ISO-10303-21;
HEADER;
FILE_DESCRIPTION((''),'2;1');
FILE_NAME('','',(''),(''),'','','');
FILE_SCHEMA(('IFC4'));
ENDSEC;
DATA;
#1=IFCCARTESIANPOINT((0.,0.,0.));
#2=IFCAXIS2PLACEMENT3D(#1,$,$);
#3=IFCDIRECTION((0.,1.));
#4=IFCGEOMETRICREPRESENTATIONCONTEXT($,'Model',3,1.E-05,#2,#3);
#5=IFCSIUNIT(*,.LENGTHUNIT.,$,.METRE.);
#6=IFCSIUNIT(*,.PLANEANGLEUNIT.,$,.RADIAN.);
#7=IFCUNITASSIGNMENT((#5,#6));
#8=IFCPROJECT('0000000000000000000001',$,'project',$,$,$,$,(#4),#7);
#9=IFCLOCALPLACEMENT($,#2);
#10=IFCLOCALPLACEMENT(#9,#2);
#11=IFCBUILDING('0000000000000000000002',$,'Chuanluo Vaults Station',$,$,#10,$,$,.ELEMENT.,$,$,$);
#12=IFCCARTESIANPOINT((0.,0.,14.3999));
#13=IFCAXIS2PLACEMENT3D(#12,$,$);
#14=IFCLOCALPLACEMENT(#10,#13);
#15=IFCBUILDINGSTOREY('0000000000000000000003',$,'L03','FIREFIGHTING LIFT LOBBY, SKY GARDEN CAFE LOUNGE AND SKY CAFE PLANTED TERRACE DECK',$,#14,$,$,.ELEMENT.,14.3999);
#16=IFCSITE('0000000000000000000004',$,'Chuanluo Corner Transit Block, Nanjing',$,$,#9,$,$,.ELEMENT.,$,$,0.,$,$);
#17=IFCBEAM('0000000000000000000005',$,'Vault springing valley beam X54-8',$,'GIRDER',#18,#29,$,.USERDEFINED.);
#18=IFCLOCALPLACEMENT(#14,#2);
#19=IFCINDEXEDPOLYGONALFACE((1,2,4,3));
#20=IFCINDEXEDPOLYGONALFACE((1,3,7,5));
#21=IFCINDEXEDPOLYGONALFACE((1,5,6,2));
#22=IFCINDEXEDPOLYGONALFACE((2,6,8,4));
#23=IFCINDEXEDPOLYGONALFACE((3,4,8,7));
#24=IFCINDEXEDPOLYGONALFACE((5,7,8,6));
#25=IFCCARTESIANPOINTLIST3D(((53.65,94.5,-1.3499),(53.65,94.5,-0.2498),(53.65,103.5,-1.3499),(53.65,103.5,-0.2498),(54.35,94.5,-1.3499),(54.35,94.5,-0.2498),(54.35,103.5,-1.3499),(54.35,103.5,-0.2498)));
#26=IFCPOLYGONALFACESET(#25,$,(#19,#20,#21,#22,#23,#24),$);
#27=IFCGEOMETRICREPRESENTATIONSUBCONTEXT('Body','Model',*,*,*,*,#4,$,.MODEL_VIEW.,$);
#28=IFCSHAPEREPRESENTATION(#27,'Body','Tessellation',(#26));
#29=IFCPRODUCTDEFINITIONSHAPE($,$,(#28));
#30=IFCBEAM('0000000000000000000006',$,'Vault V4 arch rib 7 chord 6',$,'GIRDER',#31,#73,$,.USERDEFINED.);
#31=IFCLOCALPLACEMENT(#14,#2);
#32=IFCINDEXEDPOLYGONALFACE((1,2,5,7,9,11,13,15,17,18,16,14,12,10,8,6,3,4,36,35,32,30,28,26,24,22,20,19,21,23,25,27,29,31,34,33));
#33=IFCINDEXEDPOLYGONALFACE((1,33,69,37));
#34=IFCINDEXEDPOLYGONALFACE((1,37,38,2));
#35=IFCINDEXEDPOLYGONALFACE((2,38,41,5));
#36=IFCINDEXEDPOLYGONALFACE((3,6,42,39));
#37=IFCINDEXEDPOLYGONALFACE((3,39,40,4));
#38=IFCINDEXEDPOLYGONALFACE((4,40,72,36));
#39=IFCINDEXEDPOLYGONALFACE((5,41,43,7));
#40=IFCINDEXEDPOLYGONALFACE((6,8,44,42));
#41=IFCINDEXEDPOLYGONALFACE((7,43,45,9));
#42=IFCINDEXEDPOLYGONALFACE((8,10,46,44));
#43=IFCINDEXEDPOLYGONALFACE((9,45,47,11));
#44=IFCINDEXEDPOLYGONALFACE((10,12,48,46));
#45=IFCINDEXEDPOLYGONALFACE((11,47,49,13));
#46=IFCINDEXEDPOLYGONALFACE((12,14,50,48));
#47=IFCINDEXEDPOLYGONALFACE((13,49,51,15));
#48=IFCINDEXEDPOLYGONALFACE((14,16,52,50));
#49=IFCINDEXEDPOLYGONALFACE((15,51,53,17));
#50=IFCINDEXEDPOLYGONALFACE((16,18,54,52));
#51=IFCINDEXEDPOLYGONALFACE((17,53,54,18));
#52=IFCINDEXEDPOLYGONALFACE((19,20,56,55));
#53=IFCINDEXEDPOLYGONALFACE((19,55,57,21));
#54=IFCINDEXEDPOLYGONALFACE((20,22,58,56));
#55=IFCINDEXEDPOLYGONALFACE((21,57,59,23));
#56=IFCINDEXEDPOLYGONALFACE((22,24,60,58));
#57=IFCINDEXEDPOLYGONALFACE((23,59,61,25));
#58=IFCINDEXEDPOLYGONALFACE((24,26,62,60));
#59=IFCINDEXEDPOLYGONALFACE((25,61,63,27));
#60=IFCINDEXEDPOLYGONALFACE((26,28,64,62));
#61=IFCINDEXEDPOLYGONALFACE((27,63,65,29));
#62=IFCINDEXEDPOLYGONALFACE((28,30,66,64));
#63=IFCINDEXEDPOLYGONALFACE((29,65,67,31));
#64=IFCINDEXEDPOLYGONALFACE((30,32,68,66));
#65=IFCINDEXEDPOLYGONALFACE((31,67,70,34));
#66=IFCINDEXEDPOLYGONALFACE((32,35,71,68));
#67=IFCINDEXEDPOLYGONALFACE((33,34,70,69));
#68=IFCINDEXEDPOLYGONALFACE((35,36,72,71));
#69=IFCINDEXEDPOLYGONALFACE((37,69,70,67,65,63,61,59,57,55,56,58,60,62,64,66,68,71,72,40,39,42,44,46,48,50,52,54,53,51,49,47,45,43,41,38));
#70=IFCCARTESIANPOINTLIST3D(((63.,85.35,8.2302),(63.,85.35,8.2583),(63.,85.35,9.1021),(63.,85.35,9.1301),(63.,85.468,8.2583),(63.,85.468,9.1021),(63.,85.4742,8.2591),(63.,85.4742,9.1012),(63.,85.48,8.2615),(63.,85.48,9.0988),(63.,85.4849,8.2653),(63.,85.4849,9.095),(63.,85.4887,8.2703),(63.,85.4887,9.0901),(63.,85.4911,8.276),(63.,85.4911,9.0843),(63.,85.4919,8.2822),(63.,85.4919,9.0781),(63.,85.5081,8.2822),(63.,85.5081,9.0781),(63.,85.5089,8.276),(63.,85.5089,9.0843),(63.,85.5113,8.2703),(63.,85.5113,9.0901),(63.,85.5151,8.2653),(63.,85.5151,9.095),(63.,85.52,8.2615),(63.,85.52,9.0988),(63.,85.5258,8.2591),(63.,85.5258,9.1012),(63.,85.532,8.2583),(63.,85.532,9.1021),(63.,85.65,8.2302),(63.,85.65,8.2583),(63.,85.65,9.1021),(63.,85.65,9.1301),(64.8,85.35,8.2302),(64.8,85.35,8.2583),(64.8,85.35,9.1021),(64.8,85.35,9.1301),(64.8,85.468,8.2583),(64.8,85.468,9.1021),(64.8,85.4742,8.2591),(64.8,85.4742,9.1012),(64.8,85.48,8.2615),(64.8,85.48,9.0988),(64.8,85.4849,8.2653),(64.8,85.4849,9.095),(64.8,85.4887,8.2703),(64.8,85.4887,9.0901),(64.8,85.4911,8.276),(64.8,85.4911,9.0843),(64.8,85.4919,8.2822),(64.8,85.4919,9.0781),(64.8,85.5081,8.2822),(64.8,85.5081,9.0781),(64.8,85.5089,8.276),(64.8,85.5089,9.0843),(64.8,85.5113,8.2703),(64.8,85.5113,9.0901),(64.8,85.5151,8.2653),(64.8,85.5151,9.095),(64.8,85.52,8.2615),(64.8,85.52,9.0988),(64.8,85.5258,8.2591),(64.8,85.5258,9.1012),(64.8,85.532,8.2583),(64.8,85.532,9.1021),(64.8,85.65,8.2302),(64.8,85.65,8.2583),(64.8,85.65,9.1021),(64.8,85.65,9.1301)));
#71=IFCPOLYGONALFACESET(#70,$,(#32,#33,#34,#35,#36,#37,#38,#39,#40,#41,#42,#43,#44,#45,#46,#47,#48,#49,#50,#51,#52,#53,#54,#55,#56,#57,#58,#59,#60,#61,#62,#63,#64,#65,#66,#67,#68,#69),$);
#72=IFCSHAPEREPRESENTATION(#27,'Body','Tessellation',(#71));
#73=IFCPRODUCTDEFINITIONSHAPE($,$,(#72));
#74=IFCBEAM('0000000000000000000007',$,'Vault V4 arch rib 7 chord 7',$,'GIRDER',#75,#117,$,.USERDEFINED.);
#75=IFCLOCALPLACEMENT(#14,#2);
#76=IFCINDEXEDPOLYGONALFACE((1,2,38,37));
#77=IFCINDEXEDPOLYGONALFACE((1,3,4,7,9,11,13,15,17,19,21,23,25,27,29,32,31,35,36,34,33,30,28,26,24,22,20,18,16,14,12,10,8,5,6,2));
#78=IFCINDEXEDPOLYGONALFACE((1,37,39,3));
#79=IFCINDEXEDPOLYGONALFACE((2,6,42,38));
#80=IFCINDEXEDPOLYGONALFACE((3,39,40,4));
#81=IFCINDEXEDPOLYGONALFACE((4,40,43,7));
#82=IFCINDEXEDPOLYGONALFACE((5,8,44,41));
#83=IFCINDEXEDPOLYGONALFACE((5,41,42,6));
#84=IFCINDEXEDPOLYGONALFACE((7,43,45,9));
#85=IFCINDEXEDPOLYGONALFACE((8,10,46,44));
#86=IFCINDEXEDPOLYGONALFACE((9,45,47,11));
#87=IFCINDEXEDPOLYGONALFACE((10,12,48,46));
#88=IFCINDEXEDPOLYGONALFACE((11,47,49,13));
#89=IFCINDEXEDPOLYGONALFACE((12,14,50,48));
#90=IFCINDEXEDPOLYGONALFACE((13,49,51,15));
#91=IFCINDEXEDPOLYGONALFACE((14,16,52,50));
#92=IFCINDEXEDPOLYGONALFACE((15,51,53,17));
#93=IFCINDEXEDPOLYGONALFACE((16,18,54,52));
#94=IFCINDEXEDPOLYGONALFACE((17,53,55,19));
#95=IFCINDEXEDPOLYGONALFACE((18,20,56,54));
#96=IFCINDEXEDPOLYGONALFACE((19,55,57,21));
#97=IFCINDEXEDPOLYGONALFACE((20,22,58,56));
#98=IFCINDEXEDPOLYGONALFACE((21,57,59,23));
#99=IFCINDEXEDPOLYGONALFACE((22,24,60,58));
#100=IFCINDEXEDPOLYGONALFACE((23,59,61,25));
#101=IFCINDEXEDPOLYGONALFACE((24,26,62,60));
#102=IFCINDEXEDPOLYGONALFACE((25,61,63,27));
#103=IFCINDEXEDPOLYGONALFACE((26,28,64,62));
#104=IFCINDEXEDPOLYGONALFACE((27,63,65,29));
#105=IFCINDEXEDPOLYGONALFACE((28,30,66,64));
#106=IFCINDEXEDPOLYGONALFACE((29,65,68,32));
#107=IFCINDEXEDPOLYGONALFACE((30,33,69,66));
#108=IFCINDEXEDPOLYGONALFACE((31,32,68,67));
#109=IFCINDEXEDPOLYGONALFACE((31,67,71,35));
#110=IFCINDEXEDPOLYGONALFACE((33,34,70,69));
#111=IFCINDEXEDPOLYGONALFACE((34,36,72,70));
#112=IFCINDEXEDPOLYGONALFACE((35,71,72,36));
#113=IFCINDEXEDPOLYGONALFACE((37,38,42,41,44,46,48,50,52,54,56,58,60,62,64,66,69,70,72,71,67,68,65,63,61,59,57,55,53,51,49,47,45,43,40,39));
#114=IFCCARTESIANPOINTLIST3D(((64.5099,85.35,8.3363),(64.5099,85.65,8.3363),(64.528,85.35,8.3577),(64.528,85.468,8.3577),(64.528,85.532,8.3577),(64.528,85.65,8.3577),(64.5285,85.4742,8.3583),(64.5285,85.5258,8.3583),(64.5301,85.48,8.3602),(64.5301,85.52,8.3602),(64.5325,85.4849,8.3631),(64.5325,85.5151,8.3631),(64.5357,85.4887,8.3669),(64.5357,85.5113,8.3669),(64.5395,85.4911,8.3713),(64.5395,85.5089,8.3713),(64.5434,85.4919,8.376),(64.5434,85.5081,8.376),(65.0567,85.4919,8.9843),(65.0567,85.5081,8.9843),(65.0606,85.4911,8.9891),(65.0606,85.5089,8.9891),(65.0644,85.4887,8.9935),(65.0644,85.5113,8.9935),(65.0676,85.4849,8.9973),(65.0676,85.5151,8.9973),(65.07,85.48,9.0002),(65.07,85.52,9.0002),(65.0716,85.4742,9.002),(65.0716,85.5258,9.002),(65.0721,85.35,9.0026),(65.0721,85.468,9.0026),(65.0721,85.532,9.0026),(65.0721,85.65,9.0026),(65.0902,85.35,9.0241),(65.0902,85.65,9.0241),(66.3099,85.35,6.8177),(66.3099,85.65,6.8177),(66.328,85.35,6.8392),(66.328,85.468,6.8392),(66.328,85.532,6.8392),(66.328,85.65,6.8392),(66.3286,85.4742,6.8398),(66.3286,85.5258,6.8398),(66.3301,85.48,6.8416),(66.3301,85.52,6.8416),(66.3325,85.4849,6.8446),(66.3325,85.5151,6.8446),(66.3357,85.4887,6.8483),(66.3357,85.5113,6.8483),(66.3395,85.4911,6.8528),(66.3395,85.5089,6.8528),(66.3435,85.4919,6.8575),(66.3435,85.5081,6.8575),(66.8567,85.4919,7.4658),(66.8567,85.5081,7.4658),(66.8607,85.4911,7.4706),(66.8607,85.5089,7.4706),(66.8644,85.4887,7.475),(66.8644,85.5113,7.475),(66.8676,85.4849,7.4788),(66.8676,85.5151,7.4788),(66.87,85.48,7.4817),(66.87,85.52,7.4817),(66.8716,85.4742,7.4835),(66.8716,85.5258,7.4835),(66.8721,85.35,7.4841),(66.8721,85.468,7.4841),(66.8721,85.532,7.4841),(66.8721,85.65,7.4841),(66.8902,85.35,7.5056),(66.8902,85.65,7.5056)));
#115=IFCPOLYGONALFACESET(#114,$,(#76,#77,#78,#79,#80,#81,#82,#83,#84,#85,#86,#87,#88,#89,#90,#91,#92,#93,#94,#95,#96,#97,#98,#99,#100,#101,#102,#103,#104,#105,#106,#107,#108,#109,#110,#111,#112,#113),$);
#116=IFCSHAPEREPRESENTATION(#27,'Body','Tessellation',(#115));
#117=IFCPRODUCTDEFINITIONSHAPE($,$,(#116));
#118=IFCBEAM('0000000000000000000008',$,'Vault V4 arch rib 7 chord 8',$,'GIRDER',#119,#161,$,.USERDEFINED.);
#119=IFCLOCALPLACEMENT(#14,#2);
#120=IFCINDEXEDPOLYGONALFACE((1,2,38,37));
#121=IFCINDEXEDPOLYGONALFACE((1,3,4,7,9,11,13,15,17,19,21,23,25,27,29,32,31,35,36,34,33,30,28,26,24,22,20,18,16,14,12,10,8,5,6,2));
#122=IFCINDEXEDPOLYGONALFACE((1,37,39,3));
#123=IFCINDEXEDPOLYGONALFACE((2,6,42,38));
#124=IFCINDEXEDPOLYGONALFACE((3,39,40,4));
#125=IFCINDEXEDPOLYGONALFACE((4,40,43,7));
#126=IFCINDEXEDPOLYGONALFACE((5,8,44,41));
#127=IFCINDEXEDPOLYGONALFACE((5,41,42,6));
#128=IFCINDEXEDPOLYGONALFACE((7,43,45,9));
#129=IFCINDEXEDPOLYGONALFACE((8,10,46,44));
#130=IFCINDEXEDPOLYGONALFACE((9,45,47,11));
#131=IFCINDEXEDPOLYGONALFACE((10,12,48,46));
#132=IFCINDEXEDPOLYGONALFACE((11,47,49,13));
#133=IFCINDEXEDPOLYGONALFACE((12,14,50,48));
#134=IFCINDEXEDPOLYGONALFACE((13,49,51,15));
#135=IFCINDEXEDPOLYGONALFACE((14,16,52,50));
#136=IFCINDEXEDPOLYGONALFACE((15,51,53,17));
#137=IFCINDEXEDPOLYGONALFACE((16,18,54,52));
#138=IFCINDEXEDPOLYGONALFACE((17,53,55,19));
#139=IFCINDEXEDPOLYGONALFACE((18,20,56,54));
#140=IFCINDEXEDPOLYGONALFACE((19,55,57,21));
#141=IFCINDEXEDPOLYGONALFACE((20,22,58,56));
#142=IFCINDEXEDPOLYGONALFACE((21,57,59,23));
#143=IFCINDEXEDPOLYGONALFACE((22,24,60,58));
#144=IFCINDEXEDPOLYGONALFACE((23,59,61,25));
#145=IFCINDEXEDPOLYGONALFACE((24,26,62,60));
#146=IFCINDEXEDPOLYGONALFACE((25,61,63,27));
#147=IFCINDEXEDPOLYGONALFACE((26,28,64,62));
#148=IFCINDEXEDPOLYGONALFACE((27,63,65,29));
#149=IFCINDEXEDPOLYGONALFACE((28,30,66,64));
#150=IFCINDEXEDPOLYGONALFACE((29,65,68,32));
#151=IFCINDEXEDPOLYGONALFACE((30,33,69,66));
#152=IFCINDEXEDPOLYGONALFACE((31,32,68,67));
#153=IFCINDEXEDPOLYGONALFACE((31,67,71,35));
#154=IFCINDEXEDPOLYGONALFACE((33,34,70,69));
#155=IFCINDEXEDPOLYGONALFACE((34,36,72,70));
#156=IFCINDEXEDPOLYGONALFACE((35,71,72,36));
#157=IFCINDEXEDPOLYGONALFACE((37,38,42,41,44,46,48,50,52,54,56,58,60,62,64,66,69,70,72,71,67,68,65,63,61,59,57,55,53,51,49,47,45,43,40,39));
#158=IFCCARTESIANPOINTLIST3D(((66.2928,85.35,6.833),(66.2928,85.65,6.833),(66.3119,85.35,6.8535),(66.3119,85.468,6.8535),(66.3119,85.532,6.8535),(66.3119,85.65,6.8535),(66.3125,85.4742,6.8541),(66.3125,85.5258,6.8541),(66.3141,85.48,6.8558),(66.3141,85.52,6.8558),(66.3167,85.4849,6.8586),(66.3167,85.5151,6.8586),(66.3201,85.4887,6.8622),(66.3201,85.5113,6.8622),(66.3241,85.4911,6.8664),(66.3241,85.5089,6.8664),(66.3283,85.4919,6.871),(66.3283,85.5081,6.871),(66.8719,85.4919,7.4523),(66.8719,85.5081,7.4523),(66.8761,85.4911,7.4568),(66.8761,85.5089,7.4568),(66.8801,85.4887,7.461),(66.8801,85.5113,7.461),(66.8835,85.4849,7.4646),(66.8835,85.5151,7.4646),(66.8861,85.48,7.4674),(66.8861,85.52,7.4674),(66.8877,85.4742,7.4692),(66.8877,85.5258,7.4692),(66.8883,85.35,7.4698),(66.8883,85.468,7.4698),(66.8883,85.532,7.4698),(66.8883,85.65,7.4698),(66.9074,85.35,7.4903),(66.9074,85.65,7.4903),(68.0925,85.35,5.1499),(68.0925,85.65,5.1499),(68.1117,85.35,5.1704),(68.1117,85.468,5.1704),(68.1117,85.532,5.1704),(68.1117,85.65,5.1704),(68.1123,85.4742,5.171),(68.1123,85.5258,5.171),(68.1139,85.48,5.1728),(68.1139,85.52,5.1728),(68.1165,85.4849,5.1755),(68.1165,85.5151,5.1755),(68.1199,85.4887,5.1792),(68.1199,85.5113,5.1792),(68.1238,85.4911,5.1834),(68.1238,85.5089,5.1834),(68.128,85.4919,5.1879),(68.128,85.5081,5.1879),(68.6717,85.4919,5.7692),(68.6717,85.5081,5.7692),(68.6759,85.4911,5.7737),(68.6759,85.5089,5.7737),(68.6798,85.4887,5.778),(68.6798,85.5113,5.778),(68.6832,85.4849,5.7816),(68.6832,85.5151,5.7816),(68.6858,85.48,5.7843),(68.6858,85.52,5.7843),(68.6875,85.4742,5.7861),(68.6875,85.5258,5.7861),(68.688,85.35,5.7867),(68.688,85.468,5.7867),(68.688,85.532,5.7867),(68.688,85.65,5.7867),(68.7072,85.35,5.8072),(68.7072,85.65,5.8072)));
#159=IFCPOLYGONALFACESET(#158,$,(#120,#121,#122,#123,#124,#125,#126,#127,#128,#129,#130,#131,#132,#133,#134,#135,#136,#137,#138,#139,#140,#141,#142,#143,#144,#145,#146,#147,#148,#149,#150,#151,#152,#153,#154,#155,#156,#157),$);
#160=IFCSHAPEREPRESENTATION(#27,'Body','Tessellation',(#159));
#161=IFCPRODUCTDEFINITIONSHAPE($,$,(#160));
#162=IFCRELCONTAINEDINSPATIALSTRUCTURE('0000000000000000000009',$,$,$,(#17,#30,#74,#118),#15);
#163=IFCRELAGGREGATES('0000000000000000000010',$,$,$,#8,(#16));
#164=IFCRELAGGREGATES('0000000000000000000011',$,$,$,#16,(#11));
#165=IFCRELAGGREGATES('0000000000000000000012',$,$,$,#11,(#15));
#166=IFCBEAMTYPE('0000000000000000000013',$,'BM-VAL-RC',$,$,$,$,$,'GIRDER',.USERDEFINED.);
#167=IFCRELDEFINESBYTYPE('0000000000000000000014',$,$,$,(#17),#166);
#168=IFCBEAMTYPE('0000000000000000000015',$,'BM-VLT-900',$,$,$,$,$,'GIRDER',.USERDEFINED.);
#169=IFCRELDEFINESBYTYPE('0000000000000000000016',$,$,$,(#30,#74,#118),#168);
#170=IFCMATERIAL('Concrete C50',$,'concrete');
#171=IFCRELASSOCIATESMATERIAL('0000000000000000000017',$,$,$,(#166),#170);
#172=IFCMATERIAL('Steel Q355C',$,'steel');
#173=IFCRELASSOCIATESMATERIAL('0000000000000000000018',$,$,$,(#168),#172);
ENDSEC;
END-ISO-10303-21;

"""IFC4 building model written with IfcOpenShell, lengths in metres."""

from ifc_helpers import new_model, si_unit, direction, frame, origin, origin_2d, place, context, subcontext, project, spatial, rectangle, i_section, extrude, material, material_profile, profile_set, type_object, element, save


model = new_model("IFC4")

# Units and contexts
model_context = context("Model", 3, precision=1e-05, world=origin(), true_north=direction((0.0, 1.0)))
body_context = subcontext(model_context, "Body", "Model", "MODEL_VIEW")
ifc_project = project(units=[si_unit("LENGTHUNIT", "METRE"), si_unit("PLANEANGLEUNIT", "RADIAN")], contexts=[model_context])

# Site, building, storey
site_placement = place(None, origin())
site = spatial("IfcSite", under=ifc_project, at=site_placement, Name="Chuanluo Corner Transit Block, Nanjing", CompositionType="ELEMENT", RefElevation=0.0)
building_placement = place(site_placement, origin())
building = spatial("IfcBuilding", under=site, at=building_placement, Name="Chuanluo Vaults Station", CompositionType="ELEMENT")
storey_placement = place(building_placement, frame((0.0, 0.0, 14.3999)))
storey = spatial("IfcBuildingStorey", under=building, at=storey_placement, Name="L03", Description="FIREFIGHTING LIFT LOBBY, SKY GARDEN CAFE LOUNGE AND SKY CAFE PLANTED TERRACE DECK", CompositionType="ELEMENT", Elevation=14.3999)

# Beams
ifc_material_1 = material(Name="Concrete C50", Category="concrete")
ifc_material_profile_1 = material_profile(ifc_material_1, rectangle(XDim=0.7, YDim=1.1001, at=origin_2d()))
ifc_profile_set_1 = profile_set([ifc_material_profile_1], Name="Concrete C50")
beam_type_1 = type_object("IfcBeamType", Name="BM-VAL-RC", ElementType="GIRDER", PredefinedType="USERDEFINED", material=ifc_profile_set_1)
beam_1_placement = place(storey_placement, frame((54.0, 94.5, -0.7998), z_axis=(0.0, 1.0, 0.0), x_axis=(-1.0, 0.0, 0.0)))
element("IfcBeam", 1, at=beam_1_placement, inside=storey, type_object=beam_type_1, Name="Vault springing valley beam X54-8", ObjectType="GIRDER", PredefinedType="USERDEFINED", context=body_context, shape_type="SweptSolid", body=[
    extrude(rectangle(XDim=0.7, YDim=1.1001, at=origin_2d()), origin(), (0.0, 0.0, 1.0), 9.0),
])
ifc_material_2 = material(Name="Steel Q355C", Category="steel")
ifc_material_profile_2 = material_profile(ifc_material_2, i_section(OverallWidth=0.3, OverallDepth=0.8999, WebThickness=0.0161, FlangeThickness=0.0281, FilletRadius=0.0239, at=origin_2d()))
ifc_profile_set_2 = profile_set([ifc_material_profile_2], Name="Steel Q355C")
beam_type_2 = type_object("IfcBeamType", Name="BM-VLT-900", ElementType="GIRDER", PredefinedType="USERDEFINED", material=ifc_profile_set_2)
beam_2_placement = place(storey_placement, frame((63.0, 85.5, 8.6802), z_axis=(1.0, 0.0, 0.0), x_axis=(0.0, 1.0, 0.0)))
element("IfcBeam", 2, at=beam_2_placement, inside=storey, type_object=beam_type_2, Name="Vault V4 arch rib 7 chord 6", ObjectType="GIRDER", PredefinedType="USERDEFINED", context=body_context, shape_type="SweptSolid", body=[
    extrude(i_section(OverallWidth=0.3, OverallDepth=0.8999, WebThickness=0.0161, FlangeThickness=0.0281, FilletRadius=0.0239, at=origin_2d()), origin(), (0.0, 0.0, 1.0), 1.8),
])
beam_3_placement = place(storey_placement, frame((64.8, 85.5, 8.6802), z_axis=(0.764341, 0.0, -0.644812), x_axis=(0.0, 1.0, 0.0)))
element("IfcBeam", 3, at=beam_3_placement, inside=storey, type_object=beam_type_2, Name="Vault V4 arch rib 7 chord 7", ObjectType="GIRDER", PredefinedType="USERDEFINED", context=body_context, shape_type="SweptSolid", body=[
    extrude(i_section(OverallWidth=0.3, OverallDepth=0.8999, WebThickness=0.0161, FlangeThickness=0.0281, FilletRadius=0.0239, at=origin_2d()), origin(), (0.0, 0.0, 1.0), 2.355),
])
beam_4_placement = place(storey_placement, frame((66.6001, 85.5, 7.1616), z_axis=(0.730389, 0.0, -0.683031), x_axis=(0.0, 1.0, 0.0)))
element("IfcBeam", 4, at=beam_4_placement, inside=storey, type_object=beam_type_2, Name="Vault V4 arch rib 7 chord 8", ObjectType="GIRDER", PredefinedType="USERDEFINED", context=body_context, shape_type="SweptSolid", body=[
    extrude(i_section(OverallWidth=0.3, OverallDepth=0.8999, WebThickness=0.0161, FlangeThickness=0.0281, FilletRadius=0.0239, at=origin_2d()), origin(), (0.0, 0.0, 1.0), 2.4641),
])

save(model, "model.ifc")
